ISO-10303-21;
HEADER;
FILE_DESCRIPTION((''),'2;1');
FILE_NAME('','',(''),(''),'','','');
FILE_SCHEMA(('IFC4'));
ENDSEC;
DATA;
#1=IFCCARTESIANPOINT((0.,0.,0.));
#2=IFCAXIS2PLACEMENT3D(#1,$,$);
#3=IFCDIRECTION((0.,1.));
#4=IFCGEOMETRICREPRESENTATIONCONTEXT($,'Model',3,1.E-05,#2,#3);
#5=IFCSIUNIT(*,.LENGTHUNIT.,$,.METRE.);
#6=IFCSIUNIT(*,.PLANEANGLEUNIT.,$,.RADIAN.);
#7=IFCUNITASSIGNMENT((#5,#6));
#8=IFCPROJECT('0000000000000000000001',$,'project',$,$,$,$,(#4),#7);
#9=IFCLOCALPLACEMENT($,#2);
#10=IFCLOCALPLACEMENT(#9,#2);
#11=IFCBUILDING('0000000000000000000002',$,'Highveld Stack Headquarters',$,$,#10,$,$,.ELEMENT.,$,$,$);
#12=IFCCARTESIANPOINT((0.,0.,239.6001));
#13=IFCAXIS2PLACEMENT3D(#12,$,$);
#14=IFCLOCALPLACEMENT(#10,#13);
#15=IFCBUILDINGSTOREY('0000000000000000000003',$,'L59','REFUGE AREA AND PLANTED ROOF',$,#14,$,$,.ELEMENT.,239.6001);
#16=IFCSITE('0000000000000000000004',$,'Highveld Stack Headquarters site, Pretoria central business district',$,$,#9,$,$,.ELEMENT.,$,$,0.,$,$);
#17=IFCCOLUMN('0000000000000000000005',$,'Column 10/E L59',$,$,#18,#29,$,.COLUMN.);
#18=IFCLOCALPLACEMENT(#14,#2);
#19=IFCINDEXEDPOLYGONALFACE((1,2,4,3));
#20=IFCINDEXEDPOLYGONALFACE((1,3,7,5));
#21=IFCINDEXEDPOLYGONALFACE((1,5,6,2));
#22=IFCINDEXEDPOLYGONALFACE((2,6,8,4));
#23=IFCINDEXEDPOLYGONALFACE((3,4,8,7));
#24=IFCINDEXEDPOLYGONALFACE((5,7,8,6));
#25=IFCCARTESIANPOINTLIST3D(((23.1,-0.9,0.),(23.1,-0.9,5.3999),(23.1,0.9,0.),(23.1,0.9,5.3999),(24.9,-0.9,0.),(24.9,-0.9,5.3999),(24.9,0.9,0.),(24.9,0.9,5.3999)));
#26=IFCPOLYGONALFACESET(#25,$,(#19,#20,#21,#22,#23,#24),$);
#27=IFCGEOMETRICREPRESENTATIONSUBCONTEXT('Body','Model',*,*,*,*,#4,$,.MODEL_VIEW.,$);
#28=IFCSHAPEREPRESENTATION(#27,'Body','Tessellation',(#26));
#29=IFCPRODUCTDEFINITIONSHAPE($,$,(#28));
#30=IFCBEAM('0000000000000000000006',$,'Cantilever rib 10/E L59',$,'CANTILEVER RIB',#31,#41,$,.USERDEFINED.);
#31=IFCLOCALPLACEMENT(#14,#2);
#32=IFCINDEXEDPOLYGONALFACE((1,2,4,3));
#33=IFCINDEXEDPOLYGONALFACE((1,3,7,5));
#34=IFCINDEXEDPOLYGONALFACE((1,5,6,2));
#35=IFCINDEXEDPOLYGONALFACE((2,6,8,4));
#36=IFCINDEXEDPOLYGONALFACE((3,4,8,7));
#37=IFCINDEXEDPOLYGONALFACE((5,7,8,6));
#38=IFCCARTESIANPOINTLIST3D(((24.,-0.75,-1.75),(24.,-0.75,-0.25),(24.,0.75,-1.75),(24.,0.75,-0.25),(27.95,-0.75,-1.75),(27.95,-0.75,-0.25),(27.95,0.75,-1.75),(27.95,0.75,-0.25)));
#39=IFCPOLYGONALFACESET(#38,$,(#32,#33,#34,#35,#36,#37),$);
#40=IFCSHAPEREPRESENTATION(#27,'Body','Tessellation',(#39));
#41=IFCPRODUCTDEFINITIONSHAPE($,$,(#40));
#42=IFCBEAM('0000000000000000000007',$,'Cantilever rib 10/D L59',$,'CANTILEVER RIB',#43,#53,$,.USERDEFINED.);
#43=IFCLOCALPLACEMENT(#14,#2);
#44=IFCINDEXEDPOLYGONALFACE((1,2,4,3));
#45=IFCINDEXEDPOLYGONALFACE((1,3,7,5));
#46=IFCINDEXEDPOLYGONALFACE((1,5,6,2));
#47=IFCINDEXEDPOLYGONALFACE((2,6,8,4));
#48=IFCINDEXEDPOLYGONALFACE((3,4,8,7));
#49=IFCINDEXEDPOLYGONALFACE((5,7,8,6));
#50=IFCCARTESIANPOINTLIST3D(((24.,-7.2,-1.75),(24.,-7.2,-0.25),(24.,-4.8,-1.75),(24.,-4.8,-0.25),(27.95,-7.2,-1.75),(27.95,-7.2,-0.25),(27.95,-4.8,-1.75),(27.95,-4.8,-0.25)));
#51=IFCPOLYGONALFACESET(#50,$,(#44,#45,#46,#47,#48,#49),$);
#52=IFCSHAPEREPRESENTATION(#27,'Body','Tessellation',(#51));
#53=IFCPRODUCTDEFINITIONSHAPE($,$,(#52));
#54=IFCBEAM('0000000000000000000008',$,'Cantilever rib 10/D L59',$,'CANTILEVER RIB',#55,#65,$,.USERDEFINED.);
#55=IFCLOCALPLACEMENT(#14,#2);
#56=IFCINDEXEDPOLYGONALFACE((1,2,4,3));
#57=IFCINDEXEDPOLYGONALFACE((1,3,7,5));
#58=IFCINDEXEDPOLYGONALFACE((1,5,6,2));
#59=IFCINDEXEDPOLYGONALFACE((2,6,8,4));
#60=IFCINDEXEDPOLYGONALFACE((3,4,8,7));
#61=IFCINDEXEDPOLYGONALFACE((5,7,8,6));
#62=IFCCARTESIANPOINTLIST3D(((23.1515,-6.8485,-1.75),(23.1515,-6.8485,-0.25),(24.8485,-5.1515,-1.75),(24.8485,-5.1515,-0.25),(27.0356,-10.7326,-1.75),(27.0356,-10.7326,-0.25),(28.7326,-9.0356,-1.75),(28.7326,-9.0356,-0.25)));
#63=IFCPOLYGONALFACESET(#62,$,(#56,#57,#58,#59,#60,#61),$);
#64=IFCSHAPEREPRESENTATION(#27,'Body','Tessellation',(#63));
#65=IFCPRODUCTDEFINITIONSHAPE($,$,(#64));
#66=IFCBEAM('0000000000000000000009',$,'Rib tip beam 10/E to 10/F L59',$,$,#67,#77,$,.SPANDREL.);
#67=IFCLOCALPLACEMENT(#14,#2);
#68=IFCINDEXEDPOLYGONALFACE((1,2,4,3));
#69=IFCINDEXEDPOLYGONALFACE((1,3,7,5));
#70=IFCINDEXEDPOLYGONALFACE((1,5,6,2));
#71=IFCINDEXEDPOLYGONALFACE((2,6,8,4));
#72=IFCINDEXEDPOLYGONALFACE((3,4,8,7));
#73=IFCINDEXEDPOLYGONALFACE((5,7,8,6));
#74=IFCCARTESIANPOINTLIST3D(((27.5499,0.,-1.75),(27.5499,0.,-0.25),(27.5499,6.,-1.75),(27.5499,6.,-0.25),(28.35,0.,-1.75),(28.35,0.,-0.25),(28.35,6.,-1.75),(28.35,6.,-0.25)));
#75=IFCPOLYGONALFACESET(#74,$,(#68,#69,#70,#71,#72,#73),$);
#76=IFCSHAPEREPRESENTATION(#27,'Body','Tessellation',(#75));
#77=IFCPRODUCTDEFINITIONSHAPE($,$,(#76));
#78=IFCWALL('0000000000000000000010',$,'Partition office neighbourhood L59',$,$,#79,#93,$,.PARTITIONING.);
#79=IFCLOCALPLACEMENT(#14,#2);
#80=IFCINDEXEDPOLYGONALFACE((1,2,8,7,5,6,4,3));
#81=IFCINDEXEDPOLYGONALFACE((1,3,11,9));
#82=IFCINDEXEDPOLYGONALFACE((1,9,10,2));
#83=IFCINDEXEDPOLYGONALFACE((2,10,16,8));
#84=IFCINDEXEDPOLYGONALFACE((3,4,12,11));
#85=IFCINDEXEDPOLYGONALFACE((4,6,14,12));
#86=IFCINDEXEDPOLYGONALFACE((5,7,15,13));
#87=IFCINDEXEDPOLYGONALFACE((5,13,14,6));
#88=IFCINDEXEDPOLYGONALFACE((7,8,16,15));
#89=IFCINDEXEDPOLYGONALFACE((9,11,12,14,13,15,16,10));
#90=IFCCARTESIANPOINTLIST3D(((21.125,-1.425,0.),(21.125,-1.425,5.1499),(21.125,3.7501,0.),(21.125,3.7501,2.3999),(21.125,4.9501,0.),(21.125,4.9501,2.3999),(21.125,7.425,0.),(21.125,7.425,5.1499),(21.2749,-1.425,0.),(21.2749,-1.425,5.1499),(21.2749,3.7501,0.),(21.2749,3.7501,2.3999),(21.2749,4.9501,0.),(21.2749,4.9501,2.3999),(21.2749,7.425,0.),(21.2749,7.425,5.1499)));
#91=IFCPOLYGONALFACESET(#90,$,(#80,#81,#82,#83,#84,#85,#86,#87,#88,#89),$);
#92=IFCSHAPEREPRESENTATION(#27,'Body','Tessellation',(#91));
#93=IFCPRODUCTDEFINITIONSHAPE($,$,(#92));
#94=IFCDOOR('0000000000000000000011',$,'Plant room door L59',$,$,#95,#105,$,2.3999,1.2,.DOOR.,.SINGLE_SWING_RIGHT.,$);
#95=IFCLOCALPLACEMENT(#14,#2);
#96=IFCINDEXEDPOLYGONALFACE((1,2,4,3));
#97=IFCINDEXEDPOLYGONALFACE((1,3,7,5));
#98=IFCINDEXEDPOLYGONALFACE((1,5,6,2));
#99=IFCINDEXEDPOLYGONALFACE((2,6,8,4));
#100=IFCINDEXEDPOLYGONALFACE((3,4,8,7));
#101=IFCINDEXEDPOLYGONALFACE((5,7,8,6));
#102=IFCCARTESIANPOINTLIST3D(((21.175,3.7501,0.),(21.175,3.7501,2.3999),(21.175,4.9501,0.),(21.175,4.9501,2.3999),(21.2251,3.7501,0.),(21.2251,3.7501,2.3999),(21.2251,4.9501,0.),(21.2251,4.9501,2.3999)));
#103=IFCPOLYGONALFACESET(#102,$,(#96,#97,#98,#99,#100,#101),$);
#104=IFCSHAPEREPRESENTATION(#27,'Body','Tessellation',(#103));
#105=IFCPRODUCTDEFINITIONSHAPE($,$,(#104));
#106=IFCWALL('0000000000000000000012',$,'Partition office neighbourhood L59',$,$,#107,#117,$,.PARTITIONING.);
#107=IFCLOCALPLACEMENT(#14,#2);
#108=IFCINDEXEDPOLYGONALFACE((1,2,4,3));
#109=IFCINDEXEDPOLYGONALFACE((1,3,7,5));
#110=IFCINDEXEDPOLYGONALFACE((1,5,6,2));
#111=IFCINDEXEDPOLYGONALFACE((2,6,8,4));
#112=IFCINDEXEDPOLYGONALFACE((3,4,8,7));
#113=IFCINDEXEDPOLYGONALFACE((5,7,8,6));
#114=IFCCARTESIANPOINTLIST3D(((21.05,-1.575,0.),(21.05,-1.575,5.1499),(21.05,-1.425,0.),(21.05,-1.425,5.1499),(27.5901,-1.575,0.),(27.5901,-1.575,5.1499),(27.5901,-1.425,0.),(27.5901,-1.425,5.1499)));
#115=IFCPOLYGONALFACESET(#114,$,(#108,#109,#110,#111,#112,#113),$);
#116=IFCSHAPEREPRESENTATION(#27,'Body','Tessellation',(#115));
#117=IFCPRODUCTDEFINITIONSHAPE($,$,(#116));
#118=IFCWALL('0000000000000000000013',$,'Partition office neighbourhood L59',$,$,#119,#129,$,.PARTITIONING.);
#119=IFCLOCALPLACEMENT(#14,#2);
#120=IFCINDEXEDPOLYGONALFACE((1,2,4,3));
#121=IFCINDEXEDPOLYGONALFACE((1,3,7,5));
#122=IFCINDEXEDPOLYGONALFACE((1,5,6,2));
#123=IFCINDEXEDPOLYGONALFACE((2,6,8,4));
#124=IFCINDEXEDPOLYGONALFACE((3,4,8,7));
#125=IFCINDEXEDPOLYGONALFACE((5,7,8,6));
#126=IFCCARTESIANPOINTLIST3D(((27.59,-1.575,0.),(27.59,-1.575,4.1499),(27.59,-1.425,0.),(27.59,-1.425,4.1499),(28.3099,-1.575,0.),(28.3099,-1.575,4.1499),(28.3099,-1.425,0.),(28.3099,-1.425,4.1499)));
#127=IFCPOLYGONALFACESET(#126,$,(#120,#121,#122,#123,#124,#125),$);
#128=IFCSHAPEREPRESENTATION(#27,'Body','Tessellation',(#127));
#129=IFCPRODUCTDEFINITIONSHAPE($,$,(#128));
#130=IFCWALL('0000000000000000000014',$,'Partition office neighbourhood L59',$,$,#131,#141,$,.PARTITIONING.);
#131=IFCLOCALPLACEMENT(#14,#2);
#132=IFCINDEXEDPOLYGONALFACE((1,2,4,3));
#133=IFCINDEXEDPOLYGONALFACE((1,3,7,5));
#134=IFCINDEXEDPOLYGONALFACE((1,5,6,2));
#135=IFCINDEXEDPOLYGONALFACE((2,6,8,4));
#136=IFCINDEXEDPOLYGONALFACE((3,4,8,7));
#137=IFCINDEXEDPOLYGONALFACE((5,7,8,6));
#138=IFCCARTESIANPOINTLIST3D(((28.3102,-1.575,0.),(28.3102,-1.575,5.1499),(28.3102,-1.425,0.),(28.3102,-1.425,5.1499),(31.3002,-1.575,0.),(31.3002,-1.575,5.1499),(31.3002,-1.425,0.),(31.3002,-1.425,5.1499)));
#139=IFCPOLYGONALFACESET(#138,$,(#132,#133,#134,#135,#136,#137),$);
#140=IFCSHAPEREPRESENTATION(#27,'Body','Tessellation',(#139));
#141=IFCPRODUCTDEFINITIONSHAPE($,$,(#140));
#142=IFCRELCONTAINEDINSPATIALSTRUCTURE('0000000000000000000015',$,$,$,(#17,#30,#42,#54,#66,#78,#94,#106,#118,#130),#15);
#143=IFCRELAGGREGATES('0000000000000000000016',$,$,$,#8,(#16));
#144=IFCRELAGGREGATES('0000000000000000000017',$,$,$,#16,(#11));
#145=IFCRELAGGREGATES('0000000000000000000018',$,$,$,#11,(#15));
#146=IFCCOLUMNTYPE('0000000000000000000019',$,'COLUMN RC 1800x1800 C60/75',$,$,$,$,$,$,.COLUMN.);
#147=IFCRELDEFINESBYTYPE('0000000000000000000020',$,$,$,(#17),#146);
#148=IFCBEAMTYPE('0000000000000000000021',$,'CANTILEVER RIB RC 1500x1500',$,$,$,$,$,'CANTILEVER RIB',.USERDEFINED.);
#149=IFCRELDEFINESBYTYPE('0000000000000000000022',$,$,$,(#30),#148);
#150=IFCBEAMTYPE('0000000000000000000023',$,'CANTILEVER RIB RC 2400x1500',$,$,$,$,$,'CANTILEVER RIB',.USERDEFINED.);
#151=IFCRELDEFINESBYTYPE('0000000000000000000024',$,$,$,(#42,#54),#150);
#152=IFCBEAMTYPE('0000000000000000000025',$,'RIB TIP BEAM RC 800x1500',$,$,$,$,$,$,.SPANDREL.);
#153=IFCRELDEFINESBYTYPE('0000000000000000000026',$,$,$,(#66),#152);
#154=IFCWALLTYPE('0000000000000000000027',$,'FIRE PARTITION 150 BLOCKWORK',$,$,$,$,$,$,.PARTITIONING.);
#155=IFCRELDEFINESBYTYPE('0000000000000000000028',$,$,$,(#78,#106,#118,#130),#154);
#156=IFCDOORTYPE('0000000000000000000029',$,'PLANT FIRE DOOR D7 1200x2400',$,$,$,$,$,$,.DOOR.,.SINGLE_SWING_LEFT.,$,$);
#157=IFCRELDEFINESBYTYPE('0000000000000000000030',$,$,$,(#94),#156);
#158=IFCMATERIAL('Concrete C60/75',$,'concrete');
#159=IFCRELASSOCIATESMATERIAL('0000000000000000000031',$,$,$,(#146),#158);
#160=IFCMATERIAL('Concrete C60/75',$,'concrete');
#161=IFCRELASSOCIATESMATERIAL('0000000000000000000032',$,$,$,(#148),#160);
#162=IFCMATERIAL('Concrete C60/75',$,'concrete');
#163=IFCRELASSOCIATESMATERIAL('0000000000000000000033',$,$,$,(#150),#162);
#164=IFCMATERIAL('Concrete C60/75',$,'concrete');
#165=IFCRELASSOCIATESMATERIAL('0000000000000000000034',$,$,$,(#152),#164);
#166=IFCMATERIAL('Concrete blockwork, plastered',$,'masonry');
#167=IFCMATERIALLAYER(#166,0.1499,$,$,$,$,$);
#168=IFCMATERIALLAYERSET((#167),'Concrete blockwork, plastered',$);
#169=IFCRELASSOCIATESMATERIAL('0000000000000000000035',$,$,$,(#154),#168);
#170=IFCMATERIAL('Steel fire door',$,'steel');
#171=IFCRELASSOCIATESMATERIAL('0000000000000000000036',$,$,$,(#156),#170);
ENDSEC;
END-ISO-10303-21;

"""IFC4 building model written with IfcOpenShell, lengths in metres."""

from ifc_helpers import new_model, si_unit, direction, frame, frame_2d, origin, origin_2d, place, context, subcontext, project, spatial, rectangle, extrude, material, layer, layer_set, material_profile, profile_set, type_object, element, fill, save


model = new_model("IFC4")

# Units and contexts
model_context = context("Model", 3, precision=1e-05, world=origin(), true_north=direction((0.0, 1.0)))
body_context = subcontext(model_context, "Body", "Model", "MODEL_VIEW")
ifc_project = project(units=[si_unit("LENGTHUNIT", "METRE"), si_unit("PLANEANGLEUNIT", "RADIAN")], contexts=[model_context])

# Site, building, storey
site_placement = place(None, origin())
site = spatial("IfcSite", under=ifc_project, at=site_placement, Name="Highveld Stack Headquarters site, Pretoria central business district", CompositionType="ELEMENT", RefElevation=0.0)
building_placement = place(site_placement, origin())
building = spatial("IfcBuilding", under=site, at=building_placement, Name="Highveld Stack Headquarters", CompositionType="ELEMENT")
storey_placement = place(building_placement, frame((0.0, 0.0, 239.6001)))
storey = spatial("IfcBuildingStorey", under=building, at=storey_placement, Name="L59", Description="REFUGE AREA AND PLANTED ROOF", CompositionType="ELEMENT", Elevation=239.6001)

# Column
ifc_material_1 = material(Name="Concrete C60/75", Category="concrete")
ifc_material_profile_1 = material_profile(ifc_material_1, rectangle(XDim=1.8, YDim=1.8, at=origin_2d()), Name="RC 1800x1800")
ifc_profile_set_1 = profile_set([ifc_material_profile_1], Name="Concrete C60/75")
column_type = type_object("IfcColumnType", Name="COLUMN RC 1800x1800 C60/75", PredefinedType="COLUMN", material=ifc_profile_set_1)
column_placement = place(storey_placement, frame((24.0, 0.0, 0.0), z_axis=(0.0, 0.0, 1.0), x_axis=(1.0, 0.0, 0.0)))
element("IfcColumn", 1, at=column_placement, inside=storey, type_object=column_type, Name="Column 10/E L59", PredefinedType="COLUMN", context=body_context, shape_type="SweptSolid", body=[
    extrude(rectangle(XDim=1.8, YDim=1.8, at=origin_2d()), origin(), (0.0, 0.0, 1.0), 5.3999),
])

# Beams
ifc_material_2 = material(Name="Concrete C60/75", Category="concrete")
ifc_material_profile_2 = material_profile(ifc_material_2, rectangle(XDim=1.5, YDim=1.5, at=origin_2d()), Name="RC 1500x1500")
ifc_profile_set_2 = profile_set([ifc_material_profile_2], Name="Concrete C60/75")
beam_type_1 = type_object("IfcBeamType", Name="CANTILEVER RIB RC 1500x1500", ElementType="CANTILEVER RIB", PredefinedType="USERDEFINED", material=ifc_profile_set_2)
beam_1_placement = place(storey_placement, frame((24.0, 0.0, -1.0), z_axis=(1.0, 0.0, 0.0), x_axis=(0.0, 1.0, 0.0)))
element("IfcBeam", 2, at=beam_1_placement, inside=storey, type_object=beam_type_1, Name="Cantilever rib 10/E L59", ObjectType="CANTILEVER RIB", PredefinedType="USERDEFINED", context=body_context, shape_type="SweptSolid", body=[
    extrude(rectangle(XDim=1.5, YDim=1.5, at=origin_2d()), origin(), (0.0, 0.0, 1.0), 3.95),
])
ifc_material_3 = material(Name="Concrete C60/75", Category="concrete")
ifc_material_profile_3 = material_profile(ifc_material_3, rectangle(XDim=2.3999, YDim=1.5, at=origin_2d()), Name="RC 2400x1500")
ifc_profile_set_3 = profile_set([ifc_material_profile_3], Name="Concrete C60/75")
beam_type_2 = type_object("IfcBeamType", Name="CANTILEVER RIB RC 2400x1500", ElementType="CANTILEVER RIB", PredefinedType="USERDEFINED", material=ifc_profile_set_3)
beam_2_placement = place(storey_placement, frame((24.0, -6.0, -1.0), z_axis=(1.0, 0.0, 0.0), x_axis=(0.0, 1.0, 0.0)))
element("IfcBeam", 3, at=beam_2_placement, inside=storey, type_object=beam_type_2, Name="Cantilever rib 10/D L59", ObjectType="CANTILEVER RIB", PredefinedType="USERDEFINED", context=body_context, shape_type="SweptSolid", body=[
    extrude(rectangle(XDim=2.3999, YDim=1.5, at=origin_2d()), origin(), (0.0, 0.0, 1.0), 3.95),
])
beam_3_placement = place(storey_placement, frame((24.0, -6.0, -1.0), z_axis=(0.707107, -0.707107, 0.0), x_axis=(0.707107, 0.707107, 0.0)))
element("IfcBeam", 4, at=beam_3_placement, inside=storey, type_object=beam_type_2, Name="Cantilever rib 10/D L59", ObjectType="CANTILEVER RIB", PredefinedType="USERDEFINED", context=body_context, shape_type="SweptSolid", body=[
    extrude(rectangle(XDim=2.3999, YDim=1.5, at=origin_2d()), origin(), (0.0, 0.0, 1.0), 5.4929),
])
ifc_material_4 = material(Name="Concrete C60/75", Category="concrete")
ifc_material_profile_4 = material_profile(ifc_material_4, rectangle(XDim=0.8, YDim=1.5, at=origin_2d()), Name="RC 800x1500")
ifc_profile_set_4 = profile_set([ifc_material_profile_4], Name="Concrete C60/75")
beam_type_3 = type_object("IfcBeamType", Name="RIB TIP BEAM RC 800x1500", PredefinedType="SPANDREL", material=ifc_profile_set_4)
beam_4_placement = place(storey_placement, frame((27.95, 0.0, -1.0), z_axis=(0.0, 1.0, 0.0), x_axis=(-1.0, 0.0, 0.0)))
element("IfcBeam", 5, at=beam_4_placement, inside=storey, type_object=beam_type_3, Name="Rib tip beam 10/E to 10/F L59", PredefinedType="SPANDREL", context=body_context, shape_type="SweptSolid", body=[
    extrude(rectangle(XDim=0.8, YDim=1.5, at=origin_2d()), origin(), (0.0, 0.0, 1.0), 6.0),
])

# Wall, opening, door
ifc_material_5 = material(Name="Concrete blockwork, plastered", Category="masonry")
ifc_layer = layer(ifc_material_5, 0.1499)
ifc_layer_set = layer_set([ifc_layer], Name="Concrete blockwork, plastered")
wall_type = type_object("IfcWallType", Name="FIRE PARTITION 150 BLOCKWORK", PredefinedType="PARTITIONING", material=ifc_layer_set)
wall_1_placement = place(storey_placement, frame((21.2, -1.425, 0.0), z_axis=(0.0, 0.0, 1.0), x_axis=(0.0, 1.0, 0.0)))
wall_1 = element("IfcWall", 6, at=wall_1_placement, inside=storey, type_object=wall_type, Name="Partition office neighbourhood L59", PredefinedType="PARTITIONING", context=body_context, shape_type="SweptSolid", body=[
    extrude(rectangle(XDim=8.8501, YDim=0.1499, at=frame_2d((4.425, 0.0))), origin(), (0.0, 0.0, 1.0), 5.1499),
])
opening_placement = place(wall_1_placement, frame((5.175, 0.0, 0.0)))
opening = element("IfcOpeningElement", 7, at=opening_placement, cuts=wall_1, PredefinedType="OPENING", context=body_context, shape_type="SweptSolid", body=[
    extrude(rectangle(XDim=1.2, YDim=2.3999, at=frame_2d((0.6001, 1.2))), frame((0.0, 0.085, 0.0), z_axis=(0.0, -1.0, 0.0), x_axis=(1.0, 0.0, 0.0)), (0.0, 0.0, 1.0), 0.1699),
])
ifc_material_6 = material(Name="Steel fire door", Category="steel")
door_type = type_object("IfcDoorType", Name="PLANT FIRE DOOR D7 1200x2400", OperationType="SINGLE_SWING_LEFT", PredefinedType="DOOR", material=ifc_material_6)
door_placement = place(opening_placement, origin())
door = element("IfcDoor", 8, at=door_placement, inside=storey, type_object=door_type, Name="Plant room door L59", OperationType="SINGLE_SWING_RIGHT", OverallHeight=2.3999, OverallWidth=1.2, PredefinedType="DOOR", context=body_context, shape_type="SweptSolid", body=[
    extrude(rectangle(XDim=1.2, YDim=2.3999, at=frame_2d((0.6001, 1.2))), frame((0.0, 0.0249, 0.0), z_axis=(0.0, -1.0, 0.0), x_axis=(1.0, 0.0, 0.0)), (0.0, 0.0, 1.0), 0.05),
])
fill(opening, door)

# Walls
wall_2_placement = place(storey_placement, frame((21.05, -1.5, 0.0), z_axis=(0.0, 0.0, 1.0), x_axis=(1.0, 0.0, 0.0)))
element("IfcWall", 9, at=wall_2_placement, inside=storey, type_object=wall_type, Name="Partition office neighbourhood L59", PredefinedType="PARTITIONING", context=body_context, shape_type="SweptSolid", body=[
    extrude(rectangle(XDim=6.54, YDim=0.1499, at=frame_2d((3.27, 0.0))), origin(), (0.0, 0.0, 1.0), 5.1499),
])
wall_3_placement = place(storey_placement, frame((27.5901, -1.5, 0.0), z_axis=(0.0, 0.0, 1.0), x_axis=(1.0, 0.0, 0.0)))
element("IfcWall", 10, at=wall_3_placement, inside=storey, type_object=wall_type, Name="Partition office neighbourhood L59", PredefinedType="PARTITIONING", context=body_context, shape_type="SweptSolid", body=[
    extrude(rectangle(XDim=0.72, YDim=0.1499, at=frame_2d((0.3599, 0.0))), origin(), (0.0, 0.0, 1.0), 4.1499),
])
wall_4_placement = place(storey_placement, frame((28.3101, -1.5, 0.0), z_axis=(0.0, 0.0, 1.0), x_axis=(1.0, 0.0, 0.0)))
element("IfcWall", 11, at=wall_4_placement, inside=storey, type_object=wall_type, Name="Partition office neighbourhood L59", PredefinedType="PARTITIONING", context=body_context, shape_type="SweptSolid", body=[
    extrude(rectangle(XDim=2.99, YDim=0.1499, at=frame_2d((1.4951, 0.0))), origin(), (0.0, 0.0, 1.0), 5.1499),
])

save(model, "model.ifc")
